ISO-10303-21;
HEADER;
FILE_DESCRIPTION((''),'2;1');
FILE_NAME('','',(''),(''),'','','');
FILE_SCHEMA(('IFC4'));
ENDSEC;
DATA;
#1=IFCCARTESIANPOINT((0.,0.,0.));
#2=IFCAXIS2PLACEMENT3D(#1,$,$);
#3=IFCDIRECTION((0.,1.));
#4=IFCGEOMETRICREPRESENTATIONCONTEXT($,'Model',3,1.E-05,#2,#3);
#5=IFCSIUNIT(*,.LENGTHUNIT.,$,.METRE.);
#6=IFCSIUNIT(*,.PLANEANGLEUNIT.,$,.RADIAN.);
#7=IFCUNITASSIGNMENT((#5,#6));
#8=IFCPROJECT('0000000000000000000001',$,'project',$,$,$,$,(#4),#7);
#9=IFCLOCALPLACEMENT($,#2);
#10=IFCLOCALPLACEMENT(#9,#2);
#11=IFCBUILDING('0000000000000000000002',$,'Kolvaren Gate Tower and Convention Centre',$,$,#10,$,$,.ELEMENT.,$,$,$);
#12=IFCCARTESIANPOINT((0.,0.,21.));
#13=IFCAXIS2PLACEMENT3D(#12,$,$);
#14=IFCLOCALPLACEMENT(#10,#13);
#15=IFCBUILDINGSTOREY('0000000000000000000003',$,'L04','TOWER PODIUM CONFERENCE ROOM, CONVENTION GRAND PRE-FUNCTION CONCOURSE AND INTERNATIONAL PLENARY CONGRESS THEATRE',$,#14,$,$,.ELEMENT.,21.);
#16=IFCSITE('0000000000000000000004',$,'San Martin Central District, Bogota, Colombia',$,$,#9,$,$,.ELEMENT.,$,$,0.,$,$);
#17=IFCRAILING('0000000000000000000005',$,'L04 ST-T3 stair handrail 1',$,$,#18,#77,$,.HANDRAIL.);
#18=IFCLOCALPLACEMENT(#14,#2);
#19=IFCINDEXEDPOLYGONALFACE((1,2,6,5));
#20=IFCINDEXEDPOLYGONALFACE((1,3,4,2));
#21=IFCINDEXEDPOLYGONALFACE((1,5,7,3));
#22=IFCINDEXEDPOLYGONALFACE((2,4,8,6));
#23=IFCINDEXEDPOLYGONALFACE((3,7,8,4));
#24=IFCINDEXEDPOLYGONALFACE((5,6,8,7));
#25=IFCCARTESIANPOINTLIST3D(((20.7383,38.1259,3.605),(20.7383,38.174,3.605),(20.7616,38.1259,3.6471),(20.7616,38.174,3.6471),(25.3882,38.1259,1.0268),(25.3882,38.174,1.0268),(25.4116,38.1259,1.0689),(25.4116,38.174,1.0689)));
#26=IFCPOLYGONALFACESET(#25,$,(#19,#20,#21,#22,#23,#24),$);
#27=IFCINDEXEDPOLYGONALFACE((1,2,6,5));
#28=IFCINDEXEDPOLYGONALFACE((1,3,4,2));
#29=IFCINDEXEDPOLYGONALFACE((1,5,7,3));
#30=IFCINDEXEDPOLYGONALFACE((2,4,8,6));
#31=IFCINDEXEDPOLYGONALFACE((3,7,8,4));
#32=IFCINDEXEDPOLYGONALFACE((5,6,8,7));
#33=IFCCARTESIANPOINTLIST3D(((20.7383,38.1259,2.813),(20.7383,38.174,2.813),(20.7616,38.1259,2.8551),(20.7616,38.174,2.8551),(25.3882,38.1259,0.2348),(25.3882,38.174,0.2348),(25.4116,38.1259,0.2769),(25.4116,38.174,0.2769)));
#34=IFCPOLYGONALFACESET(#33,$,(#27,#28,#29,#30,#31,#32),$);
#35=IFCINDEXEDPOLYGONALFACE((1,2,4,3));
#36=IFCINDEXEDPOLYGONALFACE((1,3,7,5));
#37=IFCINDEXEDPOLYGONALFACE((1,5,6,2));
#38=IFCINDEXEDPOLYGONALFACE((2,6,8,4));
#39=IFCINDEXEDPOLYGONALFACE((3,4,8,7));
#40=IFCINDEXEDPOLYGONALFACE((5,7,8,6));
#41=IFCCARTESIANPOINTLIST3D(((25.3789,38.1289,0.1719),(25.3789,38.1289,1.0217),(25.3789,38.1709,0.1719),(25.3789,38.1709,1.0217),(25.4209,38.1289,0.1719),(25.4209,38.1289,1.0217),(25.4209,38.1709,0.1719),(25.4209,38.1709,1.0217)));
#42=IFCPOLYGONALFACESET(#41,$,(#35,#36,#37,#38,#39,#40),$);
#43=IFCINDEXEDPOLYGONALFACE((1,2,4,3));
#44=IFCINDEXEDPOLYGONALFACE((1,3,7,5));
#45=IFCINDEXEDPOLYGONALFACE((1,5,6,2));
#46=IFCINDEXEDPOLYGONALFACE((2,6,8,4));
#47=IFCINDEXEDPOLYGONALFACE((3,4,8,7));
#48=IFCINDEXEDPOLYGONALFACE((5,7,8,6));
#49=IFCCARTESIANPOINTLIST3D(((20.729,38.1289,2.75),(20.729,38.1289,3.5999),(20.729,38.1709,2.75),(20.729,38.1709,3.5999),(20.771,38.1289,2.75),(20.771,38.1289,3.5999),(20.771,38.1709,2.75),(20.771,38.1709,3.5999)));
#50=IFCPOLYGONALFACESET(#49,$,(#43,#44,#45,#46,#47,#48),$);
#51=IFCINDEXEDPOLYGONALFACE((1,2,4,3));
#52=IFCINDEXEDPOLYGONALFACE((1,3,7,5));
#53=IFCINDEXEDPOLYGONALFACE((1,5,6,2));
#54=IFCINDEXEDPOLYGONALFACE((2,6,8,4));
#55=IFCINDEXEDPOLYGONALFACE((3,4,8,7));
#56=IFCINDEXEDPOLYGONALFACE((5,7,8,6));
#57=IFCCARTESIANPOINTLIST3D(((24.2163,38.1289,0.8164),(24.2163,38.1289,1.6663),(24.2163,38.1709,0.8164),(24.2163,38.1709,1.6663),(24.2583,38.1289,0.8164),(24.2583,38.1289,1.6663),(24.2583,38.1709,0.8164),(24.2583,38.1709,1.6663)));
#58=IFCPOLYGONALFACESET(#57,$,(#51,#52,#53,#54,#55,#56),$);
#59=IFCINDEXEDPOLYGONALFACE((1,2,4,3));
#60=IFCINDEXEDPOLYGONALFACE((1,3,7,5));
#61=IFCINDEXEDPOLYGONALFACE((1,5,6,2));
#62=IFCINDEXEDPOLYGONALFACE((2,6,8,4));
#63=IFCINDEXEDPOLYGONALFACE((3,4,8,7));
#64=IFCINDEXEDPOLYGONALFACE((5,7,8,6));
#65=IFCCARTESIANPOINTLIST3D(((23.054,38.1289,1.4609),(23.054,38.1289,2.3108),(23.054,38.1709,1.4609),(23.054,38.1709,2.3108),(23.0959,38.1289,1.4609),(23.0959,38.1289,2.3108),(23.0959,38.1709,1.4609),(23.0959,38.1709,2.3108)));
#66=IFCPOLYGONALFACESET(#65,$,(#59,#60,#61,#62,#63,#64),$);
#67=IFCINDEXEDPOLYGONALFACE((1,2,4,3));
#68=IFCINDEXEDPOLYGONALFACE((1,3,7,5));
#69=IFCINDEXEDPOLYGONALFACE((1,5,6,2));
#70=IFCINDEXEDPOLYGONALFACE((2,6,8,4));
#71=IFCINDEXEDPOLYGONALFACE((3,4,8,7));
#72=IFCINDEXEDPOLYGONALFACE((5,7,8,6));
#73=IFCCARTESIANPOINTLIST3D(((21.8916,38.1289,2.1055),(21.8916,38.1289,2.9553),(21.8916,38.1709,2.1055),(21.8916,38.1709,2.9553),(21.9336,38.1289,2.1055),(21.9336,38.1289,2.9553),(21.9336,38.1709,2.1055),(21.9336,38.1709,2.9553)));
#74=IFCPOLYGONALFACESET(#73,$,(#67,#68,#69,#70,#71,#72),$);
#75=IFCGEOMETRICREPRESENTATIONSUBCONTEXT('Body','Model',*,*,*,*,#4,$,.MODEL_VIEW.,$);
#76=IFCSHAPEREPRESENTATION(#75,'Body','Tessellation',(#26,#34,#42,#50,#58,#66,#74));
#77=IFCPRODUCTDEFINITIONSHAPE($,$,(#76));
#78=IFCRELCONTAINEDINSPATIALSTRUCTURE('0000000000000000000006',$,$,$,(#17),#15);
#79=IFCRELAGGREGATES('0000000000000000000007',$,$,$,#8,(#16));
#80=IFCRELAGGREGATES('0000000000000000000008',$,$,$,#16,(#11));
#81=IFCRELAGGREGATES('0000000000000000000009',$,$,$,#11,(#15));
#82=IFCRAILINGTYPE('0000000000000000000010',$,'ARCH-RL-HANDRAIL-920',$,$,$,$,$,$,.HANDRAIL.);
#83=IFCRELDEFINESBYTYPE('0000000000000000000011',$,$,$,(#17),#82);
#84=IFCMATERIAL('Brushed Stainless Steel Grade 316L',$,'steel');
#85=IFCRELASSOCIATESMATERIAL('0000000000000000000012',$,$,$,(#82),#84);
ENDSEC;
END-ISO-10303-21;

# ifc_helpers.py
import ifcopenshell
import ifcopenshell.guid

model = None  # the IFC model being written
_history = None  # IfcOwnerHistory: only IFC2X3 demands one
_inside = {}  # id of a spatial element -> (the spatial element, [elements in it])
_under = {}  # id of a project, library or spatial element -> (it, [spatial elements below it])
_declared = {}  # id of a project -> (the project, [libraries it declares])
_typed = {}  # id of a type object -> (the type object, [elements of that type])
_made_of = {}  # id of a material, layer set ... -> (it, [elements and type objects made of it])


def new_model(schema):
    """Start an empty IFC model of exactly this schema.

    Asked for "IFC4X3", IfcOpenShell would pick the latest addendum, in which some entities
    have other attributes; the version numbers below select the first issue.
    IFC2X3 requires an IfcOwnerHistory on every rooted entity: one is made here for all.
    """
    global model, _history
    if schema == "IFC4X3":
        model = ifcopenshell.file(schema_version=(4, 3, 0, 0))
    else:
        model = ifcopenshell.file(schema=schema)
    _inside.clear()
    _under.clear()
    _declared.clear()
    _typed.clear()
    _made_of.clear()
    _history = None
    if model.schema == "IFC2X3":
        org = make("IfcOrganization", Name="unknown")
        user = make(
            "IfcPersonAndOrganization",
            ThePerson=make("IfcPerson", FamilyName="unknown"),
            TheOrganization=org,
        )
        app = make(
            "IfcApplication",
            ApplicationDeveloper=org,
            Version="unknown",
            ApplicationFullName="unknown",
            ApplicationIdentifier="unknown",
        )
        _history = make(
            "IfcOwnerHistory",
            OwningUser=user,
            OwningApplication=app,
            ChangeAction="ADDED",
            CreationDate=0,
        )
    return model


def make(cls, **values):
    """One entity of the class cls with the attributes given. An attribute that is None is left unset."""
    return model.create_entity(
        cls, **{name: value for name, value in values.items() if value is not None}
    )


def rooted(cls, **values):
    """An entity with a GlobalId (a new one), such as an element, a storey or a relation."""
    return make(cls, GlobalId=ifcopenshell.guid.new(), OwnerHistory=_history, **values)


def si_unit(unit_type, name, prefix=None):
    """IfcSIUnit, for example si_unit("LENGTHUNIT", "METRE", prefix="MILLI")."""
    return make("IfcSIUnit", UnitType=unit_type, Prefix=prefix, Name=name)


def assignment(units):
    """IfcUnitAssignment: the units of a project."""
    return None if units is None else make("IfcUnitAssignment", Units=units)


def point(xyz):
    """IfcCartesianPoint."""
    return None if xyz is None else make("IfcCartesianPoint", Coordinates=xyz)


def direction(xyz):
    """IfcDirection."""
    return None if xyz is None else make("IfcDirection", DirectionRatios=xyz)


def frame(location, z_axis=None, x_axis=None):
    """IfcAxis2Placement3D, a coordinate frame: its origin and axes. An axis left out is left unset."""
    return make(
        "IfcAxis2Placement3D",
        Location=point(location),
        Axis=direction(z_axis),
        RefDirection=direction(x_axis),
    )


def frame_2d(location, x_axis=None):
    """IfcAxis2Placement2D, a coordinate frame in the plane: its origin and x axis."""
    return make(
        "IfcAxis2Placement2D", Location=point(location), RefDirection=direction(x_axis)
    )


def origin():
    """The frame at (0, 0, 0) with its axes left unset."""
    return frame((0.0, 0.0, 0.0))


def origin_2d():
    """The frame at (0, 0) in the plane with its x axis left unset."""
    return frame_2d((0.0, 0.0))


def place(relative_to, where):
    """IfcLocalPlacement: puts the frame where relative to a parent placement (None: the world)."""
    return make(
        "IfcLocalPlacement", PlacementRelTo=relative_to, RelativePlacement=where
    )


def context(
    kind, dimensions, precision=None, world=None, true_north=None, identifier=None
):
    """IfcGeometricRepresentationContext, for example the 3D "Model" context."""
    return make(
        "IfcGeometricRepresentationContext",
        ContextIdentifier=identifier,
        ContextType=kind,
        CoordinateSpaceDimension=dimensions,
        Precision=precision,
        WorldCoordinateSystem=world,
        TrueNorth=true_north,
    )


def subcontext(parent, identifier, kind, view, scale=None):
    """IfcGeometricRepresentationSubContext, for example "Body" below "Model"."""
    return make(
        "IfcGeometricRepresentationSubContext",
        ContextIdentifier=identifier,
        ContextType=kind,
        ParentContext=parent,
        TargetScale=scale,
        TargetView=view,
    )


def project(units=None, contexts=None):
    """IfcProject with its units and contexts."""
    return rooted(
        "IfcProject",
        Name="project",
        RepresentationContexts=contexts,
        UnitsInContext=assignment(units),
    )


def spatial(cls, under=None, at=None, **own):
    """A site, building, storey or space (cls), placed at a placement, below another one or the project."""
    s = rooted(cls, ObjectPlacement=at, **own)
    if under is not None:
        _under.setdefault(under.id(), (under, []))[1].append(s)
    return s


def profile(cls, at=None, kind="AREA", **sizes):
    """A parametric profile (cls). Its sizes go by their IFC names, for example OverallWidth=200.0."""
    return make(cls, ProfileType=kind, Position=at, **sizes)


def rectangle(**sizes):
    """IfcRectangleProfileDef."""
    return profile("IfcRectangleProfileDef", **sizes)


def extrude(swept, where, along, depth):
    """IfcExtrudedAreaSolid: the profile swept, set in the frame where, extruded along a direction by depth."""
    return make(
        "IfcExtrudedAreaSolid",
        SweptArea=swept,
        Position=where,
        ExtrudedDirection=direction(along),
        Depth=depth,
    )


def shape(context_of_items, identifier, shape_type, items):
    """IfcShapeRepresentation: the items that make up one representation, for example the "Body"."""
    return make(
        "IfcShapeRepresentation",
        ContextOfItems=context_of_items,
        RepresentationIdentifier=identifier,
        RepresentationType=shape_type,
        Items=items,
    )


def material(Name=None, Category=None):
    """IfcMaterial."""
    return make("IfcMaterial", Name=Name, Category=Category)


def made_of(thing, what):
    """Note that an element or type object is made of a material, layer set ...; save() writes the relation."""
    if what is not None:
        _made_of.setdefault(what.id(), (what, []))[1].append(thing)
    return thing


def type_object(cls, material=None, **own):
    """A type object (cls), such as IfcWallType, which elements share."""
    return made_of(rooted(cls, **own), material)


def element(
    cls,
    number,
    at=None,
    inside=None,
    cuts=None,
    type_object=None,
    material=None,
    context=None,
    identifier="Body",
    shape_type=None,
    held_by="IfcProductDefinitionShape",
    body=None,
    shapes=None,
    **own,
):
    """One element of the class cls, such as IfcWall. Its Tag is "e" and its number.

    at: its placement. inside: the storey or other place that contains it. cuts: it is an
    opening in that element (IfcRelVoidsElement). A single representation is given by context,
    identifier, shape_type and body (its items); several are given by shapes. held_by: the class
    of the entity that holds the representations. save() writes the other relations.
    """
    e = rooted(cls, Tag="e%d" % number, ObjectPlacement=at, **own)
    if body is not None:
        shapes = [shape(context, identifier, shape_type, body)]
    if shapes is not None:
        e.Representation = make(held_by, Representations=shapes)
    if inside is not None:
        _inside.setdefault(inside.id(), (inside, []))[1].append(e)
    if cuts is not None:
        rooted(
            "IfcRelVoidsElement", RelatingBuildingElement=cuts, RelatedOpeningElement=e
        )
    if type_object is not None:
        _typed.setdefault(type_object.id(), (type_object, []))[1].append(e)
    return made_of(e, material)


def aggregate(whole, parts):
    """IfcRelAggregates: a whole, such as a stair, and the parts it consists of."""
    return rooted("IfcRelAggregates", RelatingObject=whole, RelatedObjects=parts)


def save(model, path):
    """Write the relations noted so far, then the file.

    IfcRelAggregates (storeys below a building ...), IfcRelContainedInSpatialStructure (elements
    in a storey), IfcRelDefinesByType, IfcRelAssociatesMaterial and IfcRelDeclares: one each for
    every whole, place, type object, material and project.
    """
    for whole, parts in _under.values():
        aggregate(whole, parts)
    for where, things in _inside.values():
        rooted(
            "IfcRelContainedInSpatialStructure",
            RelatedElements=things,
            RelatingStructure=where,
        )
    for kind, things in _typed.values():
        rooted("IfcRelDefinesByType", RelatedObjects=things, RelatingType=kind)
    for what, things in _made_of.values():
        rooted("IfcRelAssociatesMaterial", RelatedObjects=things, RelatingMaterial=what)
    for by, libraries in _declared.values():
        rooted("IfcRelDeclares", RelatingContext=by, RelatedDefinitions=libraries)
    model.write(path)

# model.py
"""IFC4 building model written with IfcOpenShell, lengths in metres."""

from ifc_helpers import new_model, si_unit, direction, frame, origin, origin_2d, place, context, subcontext, project, spatial, rectangle, extrude, material, type_object, element, save


model = new_model("IFC4")

# Units and contexts
model_context = context("Model", 3, precision=1e-05, world=origin(), true_north=direction((0.0, 1.0)))
body_context = subcontext(model_context, "Body", "Model", "MODEL_VIEW")
ifc_project = project(units=[si_unit("LENGTHUNIT", "METRE"), si_unit("PLANEANGLEUNIT", "RADIAN")], contexts=[model_context])

# Site, building, storey
site_placement = place(None, origin())
site = spatial("IfcSite", under=ifc_project, at=site_placement, Name="San Martin Central District, Bogota, Colombia", CompositionType="ELEMENT", RefElevation=0.0)
building_placement = place(site_placement, origin())
building = spatial("IfcBuilding", under=site, at=building_placement, Name="Kolvaren Gate Tower and Convention Centre", CompositionType="ELEMENT")
storey_placement = place(building_placement, frame((0.0, 0.0, 21.0)))
storey = spatial("IfcBuildingStorey", under=building, at=storey_placement, Name="L04", Description="TOWER PODIUM CONFERENCE ROOM, CONVENTION GRAND PRE-FUNCTION CONCOURSE AND INTERNATIONAL PLENARY CONGRESS THEATRE", CompositionType="ELEMENT", Elevation=21.0)

# Railing
ifc_material_1 = material(Name="Brushed Stainless Steel Grade 316L", Category="steel")
railing_type_1 = type_object("IfcRailingType", Name="ARCH-RL-HANDRAIL-920", PredefinedType="HANDRAIL", material=ifc_material_1)
railing_1_placement = place(storey_placement, frame((25.3999, 38.1499, 0.1719)))
element("IfcRailing", 1, at=railing_1_placement, inside=storey, type_object=railing_type_1, Name="L04 ST-T3 stair handrail 1", PredefinedType="HANDRAIL", context=body_context, shape_type="SweptSolid", body=[
    extrude(rectangle(XDim=0.0481, YDim=0.0481, at=origin_2d()), frame((0.0, 0.0, 0.876), z_axis=(-0.874568, 0.0, 0.484902), x_axis=(0.0, -1.0, 0.0)), (0.0, 0.0, 1.0), 5.3169),
    extrude(rectangle(XDim=0.0481, YDim=0.0481, at=origin_2d()), frame((0.0, 0.0, 0.084), z_axis=(-0.874568, 0.0, 0.484902), x_axis=(0.0, -1.0, 0.0)), (0.0, 0.0, 1.0), 5.3169),
    extrude(rectangle(XDim=0.042, YDim=0.042, at=origin_2d()), origin(), (0.0, 0.0, 1.0), 0.8499),
    extrude(rectangle(XDim=0.042, YDim=0.042, at=origin_2d()), frame((-4.6499, 0.0, 2.5781)), (0.0, 0.0, 1.0), 0.8499),
    extrude(rectangle(XDim=0.042, YDim=0.042, at=origin_2d()), frame((-1.1626, 0.0, 0.6445)), (0.0, 0.0, 1.0), 0.8499),
    extrude(rectangle(XDim=0.042, YDim=0.042, at=origin_2d()), frame((-2.325, 0.0, 1.2891)), (0.0, 0.0, 1.0), 0.8499),
    extrude(rectangle(XDim=0.042, YDim=0.042, at=origin_2d()), frame((-3.4873, 0.0, 1.9336)), (0.0, 0.0, 1.0), 0.8499),
])

save(model, "model.ifc")
